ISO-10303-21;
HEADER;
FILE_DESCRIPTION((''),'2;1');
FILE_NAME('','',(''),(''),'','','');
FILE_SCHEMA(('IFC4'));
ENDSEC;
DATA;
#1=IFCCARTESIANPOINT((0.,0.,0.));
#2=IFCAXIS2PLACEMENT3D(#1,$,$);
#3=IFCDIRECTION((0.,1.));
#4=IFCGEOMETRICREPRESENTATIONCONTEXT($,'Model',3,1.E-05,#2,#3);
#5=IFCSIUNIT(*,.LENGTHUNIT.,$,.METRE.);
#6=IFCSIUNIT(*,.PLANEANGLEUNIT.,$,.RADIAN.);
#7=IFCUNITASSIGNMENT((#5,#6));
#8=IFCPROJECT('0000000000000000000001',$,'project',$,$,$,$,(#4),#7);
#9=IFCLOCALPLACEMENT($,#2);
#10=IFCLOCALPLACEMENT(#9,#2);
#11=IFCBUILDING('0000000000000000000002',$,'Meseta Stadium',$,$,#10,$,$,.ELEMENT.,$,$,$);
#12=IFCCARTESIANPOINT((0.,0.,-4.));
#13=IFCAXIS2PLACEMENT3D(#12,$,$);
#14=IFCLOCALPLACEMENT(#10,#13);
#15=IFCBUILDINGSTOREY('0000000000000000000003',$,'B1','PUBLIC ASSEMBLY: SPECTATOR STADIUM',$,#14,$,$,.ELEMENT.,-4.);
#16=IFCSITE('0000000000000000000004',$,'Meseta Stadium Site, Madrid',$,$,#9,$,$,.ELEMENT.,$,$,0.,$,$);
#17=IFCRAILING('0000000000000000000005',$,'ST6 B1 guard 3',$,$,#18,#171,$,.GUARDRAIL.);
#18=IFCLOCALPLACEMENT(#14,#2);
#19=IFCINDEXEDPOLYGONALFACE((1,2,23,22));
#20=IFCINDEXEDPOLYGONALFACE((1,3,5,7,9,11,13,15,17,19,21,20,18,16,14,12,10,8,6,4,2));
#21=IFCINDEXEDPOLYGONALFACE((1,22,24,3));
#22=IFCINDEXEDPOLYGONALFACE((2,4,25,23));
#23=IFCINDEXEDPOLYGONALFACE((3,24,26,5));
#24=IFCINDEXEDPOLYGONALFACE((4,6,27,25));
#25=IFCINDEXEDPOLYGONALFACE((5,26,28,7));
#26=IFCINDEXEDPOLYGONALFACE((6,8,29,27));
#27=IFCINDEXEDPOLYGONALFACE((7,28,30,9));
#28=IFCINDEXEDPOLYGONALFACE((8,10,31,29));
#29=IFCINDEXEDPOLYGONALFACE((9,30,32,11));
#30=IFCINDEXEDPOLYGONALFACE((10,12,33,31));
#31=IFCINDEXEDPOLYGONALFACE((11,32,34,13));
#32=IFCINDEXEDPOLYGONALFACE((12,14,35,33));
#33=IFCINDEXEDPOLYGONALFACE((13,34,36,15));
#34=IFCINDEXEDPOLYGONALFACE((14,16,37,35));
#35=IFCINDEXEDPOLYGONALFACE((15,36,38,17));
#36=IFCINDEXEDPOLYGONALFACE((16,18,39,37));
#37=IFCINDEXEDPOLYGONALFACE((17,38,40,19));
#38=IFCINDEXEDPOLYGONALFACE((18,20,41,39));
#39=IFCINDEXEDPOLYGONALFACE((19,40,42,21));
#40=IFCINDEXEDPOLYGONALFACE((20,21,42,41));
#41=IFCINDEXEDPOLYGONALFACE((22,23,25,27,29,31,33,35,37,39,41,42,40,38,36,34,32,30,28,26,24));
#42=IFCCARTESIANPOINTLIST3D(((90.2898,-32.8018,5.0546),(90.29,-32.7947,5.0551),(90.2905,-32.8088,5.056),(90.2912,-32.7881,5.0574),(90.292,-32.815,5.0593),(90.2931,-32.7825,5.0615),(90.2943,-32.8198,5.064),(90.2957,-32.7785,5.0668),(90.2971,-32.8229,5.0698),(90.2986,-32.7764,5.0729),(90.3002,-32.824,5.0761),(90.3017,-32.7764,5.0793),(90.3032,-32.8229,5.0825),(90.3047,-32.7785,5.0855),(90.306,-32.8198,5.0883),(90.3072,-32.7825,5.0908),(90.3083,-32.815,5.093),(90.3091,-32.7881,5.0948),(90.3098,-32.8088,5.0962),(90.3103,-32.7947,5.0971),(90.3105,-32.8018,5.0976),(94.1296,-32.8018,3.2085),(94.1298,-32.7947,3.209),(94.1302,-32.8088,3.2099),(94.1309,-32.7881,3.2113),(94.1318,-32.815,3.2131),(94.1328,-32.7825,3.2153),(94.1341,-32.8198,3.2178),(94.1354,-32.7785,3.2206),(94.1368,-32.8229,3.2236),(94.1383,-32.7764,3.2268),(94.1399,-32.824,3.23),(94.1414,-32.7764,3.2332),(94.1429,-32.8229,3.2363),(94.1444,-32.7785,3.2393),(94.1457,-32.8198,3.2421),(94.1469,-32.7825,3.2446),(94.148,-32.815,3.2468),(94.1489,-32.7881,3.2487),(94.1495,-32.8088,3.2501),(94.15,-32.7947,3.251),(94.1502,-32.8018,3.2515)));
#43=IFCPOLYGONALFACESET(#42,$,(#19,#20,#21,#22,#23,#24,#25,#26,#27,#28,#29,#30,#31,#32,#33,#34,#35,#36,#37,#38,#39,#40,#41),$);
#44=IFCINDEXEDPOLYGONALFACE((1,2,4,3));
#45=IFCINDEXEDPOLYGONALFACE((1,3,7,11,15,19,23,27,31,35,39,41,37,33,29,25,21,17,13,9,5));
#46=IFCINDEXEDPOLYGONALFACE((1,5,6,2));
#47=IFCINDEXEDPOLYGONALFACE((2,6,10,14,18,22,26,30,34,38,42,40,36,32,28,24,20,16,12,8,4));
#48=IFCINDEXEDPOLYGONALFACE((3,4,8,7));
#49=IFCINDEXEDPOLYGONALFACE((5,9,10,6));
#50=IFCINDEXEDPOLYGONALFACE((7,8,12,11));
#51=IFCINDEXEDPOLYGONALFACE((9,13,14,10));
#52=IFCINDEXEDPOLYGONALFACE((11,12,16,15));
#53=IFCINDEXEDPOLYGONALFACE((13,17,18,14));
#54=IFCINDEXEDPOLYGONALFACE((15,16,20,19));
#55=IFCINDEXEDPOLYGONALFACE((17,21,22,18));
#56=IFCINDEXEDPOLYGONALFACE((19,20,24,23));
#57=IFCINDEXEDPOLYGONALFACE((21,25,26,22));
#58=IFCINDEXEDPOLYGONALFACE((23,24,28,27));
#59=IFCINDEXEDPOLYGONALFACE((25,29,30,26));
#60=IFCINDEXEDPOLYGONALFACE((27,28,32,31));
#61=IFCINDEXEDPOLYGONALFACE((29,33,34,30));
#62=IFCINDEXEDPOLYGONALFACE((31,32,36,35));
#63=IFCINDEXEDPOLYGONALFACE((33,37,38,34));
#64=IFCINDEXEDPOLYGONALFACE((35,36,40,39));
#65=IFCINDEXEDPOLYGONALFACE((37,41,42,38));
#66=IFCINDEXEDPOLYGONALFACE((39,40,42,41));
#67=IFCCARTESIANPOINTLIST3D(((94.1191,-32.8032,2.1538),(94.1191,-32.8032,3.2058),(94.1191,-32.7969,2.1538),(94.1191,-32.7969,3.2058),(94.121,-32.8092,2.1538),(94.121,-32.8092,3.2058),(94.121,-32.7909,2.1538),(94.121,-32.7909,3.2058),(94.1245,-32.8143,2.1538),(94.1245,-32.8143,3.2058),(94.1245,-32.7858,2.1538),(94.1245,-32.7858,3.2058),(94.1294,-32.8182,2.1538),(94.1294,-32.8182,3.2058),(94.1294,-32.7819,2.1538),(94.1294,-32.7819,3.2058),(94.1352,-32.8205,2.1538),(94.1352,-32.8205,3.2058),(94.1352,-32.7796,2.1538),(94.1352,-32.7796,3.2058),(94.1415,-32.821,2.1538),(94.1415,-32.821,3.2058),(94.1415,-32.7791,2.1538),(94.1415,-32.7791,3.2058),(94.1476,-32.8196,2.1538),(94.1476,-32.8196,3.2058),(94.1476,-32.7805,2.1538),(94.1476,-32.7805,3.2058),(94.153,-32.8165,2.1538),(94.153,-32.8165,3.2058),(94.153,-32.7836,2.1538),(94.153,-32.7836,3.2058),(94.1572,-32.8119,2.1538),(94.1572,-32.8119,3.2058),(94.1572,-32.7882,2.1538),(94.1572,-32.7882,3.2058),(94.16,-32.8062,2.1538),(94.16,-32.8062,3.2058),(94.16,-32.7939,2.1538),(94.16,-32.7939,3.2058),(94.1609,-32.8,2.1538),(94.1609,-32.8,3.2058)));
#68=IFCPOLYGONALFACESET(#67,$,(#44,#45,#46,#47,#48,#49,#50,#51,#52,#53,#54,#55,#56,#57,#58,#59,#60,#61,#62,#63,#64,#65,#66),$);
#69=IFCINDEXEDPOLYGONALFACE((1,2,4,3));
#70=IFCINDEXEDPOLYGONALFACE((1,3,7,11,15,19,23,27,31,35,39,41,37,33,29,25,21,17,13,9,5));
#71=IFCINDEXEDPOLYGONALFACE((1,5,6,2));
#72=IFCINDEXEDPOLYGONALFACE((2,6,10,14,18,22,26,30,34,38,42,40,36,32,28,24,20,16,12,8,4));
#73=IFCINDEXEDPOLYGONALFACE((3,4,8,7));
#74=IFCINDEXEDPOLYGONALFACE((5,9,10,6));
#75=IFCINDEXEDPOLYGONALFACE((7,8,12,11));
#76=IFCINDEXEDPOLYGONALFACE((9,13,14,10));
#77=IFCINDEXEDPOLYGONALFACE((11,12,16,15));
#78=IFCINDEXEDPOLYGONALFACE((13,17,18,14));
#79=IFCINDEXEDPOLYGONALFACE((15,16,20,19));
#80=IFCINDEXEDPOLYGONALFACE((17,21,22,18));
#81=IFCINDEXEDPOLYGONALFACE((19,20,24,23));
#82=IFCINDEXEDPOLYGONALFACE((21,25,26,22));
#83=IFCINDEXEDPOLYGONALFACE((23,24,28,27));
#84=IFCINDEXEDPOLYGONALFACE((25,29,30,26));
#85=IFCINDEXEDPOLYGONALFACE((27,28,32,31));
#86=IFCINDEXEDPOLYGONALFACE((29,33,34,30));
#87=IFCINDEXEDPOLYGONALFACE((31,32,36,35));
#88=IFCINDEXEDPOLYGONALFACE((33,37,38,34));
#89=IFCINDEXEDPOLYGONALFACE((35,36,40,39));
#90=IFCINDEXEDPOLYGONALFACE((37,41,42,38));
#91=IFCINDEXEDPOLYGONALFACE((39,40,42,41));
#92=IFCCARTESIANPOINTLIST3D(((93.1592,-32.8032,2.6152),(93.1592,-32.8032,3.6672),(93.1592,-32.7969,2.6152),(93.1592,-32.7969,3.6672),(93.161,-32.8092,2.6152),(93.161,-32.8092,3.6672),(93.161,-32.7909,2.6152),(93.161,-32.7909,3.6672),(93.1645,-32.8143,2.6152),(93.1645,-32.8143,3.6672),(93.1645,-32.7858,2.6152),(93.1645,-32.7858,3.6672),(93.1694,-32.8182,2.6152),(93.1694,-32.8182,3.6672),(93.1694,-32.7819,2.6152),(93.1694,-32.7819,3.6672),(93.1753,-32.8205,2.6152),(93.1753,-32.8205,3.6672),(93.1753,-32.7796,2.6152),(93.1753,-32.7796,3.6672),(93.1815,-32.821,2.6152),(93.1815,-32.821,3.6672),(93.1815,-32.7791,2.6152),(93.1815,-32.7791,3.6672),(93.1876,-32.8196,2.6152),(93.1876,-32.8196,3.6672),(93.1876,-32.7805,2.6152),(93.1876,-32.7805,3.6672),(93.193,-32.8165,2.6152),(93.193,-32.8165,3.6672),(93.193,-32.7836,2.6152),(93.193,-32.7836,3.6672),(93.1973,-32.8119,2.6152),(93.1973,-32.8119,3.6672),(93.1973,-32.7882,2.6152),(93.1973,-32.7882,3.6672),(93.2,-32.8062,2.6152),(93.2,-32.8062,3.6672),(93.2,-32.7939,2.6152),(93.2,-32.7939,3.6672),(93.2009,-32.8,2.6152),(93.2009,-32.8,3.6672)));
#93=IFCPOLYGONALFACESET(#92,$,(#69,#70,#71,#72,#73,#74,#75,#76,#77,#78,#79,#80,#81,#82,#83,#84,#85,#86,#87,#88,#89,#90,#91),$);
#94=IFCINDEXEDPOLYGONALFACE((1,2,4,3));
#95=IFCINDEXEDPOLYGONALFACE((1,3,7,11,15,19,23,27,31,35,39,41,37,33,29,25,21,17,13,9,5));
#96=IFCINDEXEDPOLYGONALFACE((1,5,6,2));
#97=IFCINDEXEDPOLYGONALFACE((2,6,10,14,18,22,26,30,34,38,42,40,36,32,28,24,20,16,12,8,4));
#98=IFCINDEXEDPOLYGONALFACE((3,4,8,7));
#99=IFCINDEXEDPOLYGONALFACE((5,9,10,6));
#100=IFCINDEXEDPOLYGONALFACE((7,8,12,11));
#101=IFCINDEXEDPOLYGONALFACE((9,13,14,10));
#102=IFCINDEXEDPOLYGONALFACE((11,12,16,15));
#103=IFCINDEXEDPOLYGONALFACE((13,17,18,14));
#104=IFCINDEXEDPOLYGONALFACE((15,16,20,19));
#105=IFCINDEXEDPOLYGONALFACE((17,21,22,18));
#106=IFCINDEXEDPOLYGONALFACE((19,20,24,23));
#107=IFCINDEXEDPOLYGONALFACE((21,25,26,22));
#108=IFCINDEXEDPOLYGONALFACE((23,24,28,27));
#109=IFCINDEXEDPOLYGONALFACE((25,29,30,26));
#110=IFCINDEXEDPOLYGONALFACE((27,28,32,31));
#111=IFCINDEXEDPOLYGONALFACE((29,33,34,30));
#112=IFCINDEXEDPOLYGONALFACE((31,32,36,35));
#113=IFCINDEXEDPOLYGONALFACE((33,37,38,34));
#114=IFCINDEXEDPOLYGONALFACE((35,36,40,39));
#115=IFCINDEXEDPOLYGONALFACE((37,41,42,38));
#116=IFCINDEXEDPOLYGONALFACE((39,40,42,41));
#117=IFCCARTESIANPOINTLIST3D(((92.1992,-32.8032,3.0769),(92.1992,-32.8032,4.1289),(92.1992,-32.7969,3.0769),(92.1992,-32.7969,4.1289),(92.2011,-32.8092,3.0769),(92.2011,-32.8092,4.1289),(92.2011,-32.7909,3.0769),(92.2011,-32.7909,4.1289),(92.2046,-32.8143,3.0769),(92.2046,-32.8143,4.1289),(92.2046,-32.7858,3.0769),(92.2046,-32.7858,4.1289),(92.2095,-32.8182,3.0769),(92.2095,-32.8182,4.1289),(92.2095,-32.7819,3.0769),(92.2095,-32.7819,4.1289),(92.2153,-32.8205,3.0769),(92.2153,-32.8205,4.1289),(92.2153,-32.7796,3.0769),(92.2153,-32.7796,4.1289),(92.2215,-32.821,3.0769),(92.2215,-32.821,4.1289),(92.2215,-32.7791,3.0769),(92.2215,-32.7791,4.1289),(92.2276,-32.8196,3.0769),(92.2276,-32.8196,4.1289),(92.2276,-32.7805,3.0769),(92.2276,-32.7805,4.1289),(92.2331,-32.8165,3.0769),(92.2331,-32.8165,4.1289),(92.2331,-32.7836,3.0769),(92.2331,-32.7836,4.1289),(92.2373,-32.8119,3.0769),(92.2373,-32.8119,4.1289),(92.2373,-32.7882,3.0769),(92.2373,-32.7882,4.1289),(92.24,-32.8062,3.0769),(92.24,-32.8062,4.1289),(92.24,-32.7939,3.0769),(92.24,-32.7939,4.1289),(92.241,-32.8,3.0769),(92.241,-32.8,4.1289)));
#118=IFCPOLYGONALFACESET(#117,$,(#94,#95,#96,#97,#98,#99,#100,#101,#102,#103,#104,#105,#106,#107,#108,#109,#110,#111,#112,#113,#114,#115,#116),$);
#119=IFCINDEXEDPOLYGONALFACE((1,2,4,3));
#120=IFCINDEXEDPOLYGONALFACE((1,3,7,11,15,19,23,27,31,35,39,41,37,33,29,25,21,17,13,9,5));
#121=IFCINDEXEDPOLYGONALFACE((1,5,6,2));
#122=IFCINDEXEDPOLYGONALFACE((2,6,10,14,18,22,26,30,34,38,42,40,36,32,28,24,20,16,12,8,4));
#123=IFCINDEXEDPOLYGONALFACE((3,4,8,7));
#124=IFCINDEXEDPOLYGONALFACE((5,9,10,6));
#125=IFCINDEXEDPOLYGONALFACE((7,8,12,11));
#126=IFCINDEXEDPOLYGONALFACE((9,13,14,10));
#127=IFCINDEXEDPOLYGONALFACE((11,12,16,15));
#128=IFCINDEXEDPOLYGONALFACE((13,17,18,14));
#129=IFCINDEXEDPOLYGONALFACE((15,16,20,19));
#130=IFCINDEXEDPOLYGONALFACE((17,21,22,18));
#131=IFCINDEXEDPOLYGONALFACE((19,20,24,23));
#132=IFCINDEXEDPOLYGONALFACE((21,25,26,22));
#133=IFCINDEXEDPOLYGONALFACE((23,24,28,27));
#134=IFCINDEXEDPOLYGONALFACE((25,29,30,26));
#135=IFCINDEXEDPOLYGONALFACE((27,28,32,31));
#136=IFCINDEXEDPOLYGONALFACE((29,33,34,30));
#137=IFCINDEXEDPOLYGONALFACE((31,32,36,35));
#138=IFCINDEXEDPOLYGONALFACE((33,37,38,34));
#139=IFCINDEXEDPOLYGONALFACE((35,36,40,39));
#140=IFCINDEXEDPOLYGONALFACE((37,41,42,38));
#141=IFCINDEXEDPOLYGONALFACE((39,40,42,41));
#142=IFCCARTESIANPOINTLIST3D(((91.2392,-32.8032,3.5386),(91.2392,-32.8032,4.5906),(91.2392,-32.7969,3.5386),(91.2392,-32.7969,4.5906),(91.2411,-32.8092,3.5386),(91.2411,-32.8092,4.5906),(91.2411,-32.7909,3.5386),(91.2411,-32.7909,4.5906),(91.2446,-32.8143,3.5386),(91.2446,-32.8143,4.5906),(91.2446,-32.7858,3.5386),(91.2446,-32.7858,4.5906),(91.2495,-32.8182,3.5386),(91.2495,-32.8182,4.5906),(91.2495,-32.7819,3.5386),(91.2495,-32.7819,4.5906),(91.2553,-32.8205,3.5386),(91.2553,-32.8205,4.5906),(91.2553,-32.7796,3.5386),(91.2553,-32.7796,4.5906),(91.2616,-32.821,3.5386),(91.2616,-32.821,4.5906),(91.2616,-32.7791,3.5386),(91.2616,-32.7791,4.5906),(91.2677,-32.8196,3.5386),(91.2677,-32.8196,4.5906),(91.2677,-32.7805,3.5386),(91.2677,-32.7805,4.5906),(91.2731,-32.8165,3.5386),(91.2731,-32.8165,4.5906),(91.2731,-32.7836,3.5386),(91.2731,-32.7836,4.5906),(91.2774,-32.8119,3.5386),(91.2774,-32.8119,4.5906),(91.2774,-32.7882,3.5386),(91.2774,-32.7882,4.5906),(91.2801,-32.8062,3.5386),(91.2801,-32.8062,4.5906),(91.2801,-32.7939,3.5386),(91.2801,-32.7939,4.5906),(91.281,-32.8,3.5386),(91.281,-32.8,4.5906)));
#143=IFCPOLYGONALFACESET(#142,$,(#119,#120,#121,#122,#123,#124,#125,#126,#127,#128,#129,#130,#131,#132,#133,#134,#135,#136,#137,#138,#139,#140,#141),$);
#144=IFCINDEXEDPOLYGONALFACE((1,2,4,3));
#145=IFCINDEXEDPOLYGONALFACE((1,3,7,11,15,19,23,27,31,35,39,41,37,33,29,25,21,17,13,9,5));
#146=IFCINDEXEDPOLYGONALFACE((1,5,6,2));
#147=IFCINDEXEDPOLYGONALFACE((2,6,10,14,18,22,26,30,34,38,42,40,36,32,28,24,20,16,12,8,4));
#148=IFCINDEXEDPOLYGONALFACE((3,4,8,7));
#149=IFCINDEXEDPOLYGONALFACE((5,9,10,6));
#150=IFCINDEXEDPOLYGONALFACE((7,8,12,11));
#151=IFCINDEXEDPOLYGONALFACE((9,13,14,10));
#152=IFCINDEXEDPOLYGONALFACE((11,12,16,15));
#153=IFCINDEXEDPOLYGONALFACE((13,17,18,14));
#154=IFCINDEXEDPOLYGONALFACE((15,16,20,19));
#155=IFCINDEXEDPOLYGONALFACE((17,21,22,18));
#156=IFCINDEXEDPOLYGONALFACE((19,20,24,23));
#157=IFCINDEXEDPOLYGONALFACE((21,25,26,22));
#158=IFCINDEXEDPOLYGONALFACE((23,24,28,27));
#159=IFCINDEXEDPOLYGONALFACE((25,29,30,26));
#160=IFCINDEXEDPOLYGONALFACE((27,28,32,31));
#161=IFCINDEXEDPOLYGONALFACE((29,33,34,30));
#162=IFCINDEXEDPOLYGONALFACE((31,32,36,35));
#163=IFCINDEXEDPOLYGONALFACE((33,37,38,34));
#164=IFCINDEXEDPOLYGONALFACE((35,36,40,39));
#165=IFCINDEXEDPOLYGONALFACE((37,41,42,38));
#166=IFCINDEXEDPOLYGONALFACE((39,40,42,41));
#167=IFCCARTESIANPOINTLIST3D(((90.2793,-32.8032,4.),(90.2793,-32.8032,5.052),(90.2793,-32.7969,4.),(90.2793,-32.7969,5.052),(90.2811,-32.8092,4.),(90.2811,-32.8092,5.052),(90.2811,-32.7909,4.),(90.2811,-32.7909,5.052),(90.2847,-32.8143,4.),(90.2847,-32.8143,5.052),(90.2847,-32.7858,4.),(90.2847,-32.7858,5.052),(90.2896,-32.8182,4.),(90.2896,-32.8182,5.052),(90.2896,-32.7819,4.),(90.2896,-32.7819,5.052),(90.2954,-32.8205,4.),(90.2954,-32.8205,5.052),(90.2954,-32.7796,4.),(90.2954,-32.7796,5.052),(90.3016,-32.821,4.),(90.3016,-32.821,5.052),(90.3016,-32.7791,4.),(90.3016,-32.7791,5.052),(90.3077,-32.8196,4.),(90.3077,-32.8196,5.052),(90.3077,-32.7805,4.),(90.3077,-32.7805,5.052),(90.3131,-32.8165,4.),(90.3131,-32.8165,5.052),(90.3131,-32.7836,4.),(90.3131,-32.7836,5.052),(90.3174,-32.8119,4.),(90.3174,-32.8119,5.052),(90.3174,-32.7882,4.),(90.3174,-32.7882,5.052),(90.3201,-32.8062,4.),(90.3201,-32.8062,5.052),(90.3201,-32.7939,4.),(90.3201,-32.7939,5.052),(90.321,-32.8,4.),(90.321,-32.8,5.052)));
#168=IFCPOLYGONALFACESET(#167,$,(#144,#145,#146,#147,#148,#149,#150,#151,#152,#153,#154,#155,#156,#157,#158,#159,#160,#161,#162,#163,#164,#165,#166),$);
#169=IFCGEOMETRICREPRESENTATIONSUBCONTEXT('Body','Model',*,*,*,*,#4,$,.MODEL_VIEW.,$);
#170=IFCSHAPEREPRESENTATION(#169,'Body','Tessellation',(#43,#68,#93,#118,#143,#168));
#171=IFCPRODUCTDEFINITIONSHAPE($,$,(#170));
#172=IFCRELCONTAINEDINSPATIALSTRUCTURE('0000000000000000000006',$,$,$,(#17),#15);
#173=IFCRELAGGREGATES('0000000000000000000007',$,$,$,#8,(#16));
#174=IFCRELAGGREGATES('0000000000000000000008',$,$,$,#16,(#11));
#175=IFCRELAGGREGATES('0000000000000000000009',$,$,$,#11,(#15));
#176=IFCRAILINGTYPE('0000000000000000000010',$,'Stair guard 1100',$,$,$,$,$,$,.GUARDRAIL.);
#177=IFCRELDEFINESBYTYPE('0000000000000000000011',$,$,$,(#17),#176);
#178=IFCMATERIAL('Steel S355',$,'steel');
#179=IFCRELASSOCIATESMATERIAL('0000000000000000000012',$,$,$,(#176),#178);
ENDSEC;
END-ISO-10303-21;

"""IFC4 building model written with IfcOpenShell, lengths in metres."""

from ifc_helpers import new_model, si_unit, direction, frame, origin, origin_2d, place, context, subcontext, project, spatial, circle, extrude, material, type_object, element, save


model = new_model("IFC4")

# Units and contexts
model_context = context("Model", 3, precision=1e-05, world=origin(), true_north=direction((0.0, 1.0)))
body_context = subcontext(model_context, "Body", "Model", "MODEL_VIEW")
ifc_project = project(units=[si_unit("LENGTHUNIT", "METRE"), si_unit("PLANEANGLEUNIT", "RADIAN")], contexts=[model_context])

# Site, building, storey
site_placement = place(None, origin())
site = spatial("IfcSite", under=ifc_project, at=site_placement, Name="Meseta Stadium Site, Madrid", CompositionType="ELEMENT", RefElevation=0.0)
building_placement = place(site_placement, origin())
building = spatial("IfcBuilding", under=site, at=building_placement, Name="Meseta Stadium", CompositionType="ELEMENT")
storey_placement = place(building_placement, frame((0.0, 0.0, -4.0)))
storey = spatial("IfcBuildingStorey", under=building, at=storey_placement, Name="B1", Description="PUBLIC ASSEMBLY: SPECTATOR STADIUM", CompositionType="ELEMENT", Elevation=-4.0)

# Railing
ifc_material_1 = material(Name="Steel S355", Category="steel")
railing_type_1 = type_object("IfcRailingType", Name="Stair guard 1100", PredefinedType="GUARDRAIL", material=ifc_material_1)
railing_1_placement = place(storey_placement, frame((94.1399, -32.8, 2.1538)))
element("IfcRailing", 1, at=railing_1_placement, inside=storey, type_object=railing_type_1, Name="ST6 B1 guard 3", PredefinedType="GUARDRAIL", context=body_context, shape_type="SweptSolid", body=[
    extrude(circle(Radius=0.0239, at=origin_2d()), frame((0.0, 0.0, 1.0762), z_axis=(-0.901242, 0.0, 0.433316), x_axis=(0.0, -1.0, 0.0)), (0.0, 0.0, 1.0), 4.2605),
    extrude(circle(Radius=0.021, at=origin_2d()), origin(), (0.0, 0.0, 1.0), 1.052),
    extrude(circle(Radius=0.021, at=origin_2d()), frame((-0.96, 0.0, 0.4614)), (0.0, 0.0, 1.0), 1.052),
    extrude(circle(Radius=0.021, at=origin_2d()), frame((-1.9199, 0.0, 0.9231)), (0.0, 0.0, 1.0), 1.052),
    extrude(circle(Radius=0.021, at=origin_2d()), frame((-2.8799, 0.0, 1.3848)), (0.0, 0.0, 1.0), 1.052),
    extrude(circle(Radius=0.021, at=origin_2d()), frame((-3.8398, 0.0, 1.8462)), (0.0, 0.0, 1.0), 1.052),
])

save(model, "model.ifc")
